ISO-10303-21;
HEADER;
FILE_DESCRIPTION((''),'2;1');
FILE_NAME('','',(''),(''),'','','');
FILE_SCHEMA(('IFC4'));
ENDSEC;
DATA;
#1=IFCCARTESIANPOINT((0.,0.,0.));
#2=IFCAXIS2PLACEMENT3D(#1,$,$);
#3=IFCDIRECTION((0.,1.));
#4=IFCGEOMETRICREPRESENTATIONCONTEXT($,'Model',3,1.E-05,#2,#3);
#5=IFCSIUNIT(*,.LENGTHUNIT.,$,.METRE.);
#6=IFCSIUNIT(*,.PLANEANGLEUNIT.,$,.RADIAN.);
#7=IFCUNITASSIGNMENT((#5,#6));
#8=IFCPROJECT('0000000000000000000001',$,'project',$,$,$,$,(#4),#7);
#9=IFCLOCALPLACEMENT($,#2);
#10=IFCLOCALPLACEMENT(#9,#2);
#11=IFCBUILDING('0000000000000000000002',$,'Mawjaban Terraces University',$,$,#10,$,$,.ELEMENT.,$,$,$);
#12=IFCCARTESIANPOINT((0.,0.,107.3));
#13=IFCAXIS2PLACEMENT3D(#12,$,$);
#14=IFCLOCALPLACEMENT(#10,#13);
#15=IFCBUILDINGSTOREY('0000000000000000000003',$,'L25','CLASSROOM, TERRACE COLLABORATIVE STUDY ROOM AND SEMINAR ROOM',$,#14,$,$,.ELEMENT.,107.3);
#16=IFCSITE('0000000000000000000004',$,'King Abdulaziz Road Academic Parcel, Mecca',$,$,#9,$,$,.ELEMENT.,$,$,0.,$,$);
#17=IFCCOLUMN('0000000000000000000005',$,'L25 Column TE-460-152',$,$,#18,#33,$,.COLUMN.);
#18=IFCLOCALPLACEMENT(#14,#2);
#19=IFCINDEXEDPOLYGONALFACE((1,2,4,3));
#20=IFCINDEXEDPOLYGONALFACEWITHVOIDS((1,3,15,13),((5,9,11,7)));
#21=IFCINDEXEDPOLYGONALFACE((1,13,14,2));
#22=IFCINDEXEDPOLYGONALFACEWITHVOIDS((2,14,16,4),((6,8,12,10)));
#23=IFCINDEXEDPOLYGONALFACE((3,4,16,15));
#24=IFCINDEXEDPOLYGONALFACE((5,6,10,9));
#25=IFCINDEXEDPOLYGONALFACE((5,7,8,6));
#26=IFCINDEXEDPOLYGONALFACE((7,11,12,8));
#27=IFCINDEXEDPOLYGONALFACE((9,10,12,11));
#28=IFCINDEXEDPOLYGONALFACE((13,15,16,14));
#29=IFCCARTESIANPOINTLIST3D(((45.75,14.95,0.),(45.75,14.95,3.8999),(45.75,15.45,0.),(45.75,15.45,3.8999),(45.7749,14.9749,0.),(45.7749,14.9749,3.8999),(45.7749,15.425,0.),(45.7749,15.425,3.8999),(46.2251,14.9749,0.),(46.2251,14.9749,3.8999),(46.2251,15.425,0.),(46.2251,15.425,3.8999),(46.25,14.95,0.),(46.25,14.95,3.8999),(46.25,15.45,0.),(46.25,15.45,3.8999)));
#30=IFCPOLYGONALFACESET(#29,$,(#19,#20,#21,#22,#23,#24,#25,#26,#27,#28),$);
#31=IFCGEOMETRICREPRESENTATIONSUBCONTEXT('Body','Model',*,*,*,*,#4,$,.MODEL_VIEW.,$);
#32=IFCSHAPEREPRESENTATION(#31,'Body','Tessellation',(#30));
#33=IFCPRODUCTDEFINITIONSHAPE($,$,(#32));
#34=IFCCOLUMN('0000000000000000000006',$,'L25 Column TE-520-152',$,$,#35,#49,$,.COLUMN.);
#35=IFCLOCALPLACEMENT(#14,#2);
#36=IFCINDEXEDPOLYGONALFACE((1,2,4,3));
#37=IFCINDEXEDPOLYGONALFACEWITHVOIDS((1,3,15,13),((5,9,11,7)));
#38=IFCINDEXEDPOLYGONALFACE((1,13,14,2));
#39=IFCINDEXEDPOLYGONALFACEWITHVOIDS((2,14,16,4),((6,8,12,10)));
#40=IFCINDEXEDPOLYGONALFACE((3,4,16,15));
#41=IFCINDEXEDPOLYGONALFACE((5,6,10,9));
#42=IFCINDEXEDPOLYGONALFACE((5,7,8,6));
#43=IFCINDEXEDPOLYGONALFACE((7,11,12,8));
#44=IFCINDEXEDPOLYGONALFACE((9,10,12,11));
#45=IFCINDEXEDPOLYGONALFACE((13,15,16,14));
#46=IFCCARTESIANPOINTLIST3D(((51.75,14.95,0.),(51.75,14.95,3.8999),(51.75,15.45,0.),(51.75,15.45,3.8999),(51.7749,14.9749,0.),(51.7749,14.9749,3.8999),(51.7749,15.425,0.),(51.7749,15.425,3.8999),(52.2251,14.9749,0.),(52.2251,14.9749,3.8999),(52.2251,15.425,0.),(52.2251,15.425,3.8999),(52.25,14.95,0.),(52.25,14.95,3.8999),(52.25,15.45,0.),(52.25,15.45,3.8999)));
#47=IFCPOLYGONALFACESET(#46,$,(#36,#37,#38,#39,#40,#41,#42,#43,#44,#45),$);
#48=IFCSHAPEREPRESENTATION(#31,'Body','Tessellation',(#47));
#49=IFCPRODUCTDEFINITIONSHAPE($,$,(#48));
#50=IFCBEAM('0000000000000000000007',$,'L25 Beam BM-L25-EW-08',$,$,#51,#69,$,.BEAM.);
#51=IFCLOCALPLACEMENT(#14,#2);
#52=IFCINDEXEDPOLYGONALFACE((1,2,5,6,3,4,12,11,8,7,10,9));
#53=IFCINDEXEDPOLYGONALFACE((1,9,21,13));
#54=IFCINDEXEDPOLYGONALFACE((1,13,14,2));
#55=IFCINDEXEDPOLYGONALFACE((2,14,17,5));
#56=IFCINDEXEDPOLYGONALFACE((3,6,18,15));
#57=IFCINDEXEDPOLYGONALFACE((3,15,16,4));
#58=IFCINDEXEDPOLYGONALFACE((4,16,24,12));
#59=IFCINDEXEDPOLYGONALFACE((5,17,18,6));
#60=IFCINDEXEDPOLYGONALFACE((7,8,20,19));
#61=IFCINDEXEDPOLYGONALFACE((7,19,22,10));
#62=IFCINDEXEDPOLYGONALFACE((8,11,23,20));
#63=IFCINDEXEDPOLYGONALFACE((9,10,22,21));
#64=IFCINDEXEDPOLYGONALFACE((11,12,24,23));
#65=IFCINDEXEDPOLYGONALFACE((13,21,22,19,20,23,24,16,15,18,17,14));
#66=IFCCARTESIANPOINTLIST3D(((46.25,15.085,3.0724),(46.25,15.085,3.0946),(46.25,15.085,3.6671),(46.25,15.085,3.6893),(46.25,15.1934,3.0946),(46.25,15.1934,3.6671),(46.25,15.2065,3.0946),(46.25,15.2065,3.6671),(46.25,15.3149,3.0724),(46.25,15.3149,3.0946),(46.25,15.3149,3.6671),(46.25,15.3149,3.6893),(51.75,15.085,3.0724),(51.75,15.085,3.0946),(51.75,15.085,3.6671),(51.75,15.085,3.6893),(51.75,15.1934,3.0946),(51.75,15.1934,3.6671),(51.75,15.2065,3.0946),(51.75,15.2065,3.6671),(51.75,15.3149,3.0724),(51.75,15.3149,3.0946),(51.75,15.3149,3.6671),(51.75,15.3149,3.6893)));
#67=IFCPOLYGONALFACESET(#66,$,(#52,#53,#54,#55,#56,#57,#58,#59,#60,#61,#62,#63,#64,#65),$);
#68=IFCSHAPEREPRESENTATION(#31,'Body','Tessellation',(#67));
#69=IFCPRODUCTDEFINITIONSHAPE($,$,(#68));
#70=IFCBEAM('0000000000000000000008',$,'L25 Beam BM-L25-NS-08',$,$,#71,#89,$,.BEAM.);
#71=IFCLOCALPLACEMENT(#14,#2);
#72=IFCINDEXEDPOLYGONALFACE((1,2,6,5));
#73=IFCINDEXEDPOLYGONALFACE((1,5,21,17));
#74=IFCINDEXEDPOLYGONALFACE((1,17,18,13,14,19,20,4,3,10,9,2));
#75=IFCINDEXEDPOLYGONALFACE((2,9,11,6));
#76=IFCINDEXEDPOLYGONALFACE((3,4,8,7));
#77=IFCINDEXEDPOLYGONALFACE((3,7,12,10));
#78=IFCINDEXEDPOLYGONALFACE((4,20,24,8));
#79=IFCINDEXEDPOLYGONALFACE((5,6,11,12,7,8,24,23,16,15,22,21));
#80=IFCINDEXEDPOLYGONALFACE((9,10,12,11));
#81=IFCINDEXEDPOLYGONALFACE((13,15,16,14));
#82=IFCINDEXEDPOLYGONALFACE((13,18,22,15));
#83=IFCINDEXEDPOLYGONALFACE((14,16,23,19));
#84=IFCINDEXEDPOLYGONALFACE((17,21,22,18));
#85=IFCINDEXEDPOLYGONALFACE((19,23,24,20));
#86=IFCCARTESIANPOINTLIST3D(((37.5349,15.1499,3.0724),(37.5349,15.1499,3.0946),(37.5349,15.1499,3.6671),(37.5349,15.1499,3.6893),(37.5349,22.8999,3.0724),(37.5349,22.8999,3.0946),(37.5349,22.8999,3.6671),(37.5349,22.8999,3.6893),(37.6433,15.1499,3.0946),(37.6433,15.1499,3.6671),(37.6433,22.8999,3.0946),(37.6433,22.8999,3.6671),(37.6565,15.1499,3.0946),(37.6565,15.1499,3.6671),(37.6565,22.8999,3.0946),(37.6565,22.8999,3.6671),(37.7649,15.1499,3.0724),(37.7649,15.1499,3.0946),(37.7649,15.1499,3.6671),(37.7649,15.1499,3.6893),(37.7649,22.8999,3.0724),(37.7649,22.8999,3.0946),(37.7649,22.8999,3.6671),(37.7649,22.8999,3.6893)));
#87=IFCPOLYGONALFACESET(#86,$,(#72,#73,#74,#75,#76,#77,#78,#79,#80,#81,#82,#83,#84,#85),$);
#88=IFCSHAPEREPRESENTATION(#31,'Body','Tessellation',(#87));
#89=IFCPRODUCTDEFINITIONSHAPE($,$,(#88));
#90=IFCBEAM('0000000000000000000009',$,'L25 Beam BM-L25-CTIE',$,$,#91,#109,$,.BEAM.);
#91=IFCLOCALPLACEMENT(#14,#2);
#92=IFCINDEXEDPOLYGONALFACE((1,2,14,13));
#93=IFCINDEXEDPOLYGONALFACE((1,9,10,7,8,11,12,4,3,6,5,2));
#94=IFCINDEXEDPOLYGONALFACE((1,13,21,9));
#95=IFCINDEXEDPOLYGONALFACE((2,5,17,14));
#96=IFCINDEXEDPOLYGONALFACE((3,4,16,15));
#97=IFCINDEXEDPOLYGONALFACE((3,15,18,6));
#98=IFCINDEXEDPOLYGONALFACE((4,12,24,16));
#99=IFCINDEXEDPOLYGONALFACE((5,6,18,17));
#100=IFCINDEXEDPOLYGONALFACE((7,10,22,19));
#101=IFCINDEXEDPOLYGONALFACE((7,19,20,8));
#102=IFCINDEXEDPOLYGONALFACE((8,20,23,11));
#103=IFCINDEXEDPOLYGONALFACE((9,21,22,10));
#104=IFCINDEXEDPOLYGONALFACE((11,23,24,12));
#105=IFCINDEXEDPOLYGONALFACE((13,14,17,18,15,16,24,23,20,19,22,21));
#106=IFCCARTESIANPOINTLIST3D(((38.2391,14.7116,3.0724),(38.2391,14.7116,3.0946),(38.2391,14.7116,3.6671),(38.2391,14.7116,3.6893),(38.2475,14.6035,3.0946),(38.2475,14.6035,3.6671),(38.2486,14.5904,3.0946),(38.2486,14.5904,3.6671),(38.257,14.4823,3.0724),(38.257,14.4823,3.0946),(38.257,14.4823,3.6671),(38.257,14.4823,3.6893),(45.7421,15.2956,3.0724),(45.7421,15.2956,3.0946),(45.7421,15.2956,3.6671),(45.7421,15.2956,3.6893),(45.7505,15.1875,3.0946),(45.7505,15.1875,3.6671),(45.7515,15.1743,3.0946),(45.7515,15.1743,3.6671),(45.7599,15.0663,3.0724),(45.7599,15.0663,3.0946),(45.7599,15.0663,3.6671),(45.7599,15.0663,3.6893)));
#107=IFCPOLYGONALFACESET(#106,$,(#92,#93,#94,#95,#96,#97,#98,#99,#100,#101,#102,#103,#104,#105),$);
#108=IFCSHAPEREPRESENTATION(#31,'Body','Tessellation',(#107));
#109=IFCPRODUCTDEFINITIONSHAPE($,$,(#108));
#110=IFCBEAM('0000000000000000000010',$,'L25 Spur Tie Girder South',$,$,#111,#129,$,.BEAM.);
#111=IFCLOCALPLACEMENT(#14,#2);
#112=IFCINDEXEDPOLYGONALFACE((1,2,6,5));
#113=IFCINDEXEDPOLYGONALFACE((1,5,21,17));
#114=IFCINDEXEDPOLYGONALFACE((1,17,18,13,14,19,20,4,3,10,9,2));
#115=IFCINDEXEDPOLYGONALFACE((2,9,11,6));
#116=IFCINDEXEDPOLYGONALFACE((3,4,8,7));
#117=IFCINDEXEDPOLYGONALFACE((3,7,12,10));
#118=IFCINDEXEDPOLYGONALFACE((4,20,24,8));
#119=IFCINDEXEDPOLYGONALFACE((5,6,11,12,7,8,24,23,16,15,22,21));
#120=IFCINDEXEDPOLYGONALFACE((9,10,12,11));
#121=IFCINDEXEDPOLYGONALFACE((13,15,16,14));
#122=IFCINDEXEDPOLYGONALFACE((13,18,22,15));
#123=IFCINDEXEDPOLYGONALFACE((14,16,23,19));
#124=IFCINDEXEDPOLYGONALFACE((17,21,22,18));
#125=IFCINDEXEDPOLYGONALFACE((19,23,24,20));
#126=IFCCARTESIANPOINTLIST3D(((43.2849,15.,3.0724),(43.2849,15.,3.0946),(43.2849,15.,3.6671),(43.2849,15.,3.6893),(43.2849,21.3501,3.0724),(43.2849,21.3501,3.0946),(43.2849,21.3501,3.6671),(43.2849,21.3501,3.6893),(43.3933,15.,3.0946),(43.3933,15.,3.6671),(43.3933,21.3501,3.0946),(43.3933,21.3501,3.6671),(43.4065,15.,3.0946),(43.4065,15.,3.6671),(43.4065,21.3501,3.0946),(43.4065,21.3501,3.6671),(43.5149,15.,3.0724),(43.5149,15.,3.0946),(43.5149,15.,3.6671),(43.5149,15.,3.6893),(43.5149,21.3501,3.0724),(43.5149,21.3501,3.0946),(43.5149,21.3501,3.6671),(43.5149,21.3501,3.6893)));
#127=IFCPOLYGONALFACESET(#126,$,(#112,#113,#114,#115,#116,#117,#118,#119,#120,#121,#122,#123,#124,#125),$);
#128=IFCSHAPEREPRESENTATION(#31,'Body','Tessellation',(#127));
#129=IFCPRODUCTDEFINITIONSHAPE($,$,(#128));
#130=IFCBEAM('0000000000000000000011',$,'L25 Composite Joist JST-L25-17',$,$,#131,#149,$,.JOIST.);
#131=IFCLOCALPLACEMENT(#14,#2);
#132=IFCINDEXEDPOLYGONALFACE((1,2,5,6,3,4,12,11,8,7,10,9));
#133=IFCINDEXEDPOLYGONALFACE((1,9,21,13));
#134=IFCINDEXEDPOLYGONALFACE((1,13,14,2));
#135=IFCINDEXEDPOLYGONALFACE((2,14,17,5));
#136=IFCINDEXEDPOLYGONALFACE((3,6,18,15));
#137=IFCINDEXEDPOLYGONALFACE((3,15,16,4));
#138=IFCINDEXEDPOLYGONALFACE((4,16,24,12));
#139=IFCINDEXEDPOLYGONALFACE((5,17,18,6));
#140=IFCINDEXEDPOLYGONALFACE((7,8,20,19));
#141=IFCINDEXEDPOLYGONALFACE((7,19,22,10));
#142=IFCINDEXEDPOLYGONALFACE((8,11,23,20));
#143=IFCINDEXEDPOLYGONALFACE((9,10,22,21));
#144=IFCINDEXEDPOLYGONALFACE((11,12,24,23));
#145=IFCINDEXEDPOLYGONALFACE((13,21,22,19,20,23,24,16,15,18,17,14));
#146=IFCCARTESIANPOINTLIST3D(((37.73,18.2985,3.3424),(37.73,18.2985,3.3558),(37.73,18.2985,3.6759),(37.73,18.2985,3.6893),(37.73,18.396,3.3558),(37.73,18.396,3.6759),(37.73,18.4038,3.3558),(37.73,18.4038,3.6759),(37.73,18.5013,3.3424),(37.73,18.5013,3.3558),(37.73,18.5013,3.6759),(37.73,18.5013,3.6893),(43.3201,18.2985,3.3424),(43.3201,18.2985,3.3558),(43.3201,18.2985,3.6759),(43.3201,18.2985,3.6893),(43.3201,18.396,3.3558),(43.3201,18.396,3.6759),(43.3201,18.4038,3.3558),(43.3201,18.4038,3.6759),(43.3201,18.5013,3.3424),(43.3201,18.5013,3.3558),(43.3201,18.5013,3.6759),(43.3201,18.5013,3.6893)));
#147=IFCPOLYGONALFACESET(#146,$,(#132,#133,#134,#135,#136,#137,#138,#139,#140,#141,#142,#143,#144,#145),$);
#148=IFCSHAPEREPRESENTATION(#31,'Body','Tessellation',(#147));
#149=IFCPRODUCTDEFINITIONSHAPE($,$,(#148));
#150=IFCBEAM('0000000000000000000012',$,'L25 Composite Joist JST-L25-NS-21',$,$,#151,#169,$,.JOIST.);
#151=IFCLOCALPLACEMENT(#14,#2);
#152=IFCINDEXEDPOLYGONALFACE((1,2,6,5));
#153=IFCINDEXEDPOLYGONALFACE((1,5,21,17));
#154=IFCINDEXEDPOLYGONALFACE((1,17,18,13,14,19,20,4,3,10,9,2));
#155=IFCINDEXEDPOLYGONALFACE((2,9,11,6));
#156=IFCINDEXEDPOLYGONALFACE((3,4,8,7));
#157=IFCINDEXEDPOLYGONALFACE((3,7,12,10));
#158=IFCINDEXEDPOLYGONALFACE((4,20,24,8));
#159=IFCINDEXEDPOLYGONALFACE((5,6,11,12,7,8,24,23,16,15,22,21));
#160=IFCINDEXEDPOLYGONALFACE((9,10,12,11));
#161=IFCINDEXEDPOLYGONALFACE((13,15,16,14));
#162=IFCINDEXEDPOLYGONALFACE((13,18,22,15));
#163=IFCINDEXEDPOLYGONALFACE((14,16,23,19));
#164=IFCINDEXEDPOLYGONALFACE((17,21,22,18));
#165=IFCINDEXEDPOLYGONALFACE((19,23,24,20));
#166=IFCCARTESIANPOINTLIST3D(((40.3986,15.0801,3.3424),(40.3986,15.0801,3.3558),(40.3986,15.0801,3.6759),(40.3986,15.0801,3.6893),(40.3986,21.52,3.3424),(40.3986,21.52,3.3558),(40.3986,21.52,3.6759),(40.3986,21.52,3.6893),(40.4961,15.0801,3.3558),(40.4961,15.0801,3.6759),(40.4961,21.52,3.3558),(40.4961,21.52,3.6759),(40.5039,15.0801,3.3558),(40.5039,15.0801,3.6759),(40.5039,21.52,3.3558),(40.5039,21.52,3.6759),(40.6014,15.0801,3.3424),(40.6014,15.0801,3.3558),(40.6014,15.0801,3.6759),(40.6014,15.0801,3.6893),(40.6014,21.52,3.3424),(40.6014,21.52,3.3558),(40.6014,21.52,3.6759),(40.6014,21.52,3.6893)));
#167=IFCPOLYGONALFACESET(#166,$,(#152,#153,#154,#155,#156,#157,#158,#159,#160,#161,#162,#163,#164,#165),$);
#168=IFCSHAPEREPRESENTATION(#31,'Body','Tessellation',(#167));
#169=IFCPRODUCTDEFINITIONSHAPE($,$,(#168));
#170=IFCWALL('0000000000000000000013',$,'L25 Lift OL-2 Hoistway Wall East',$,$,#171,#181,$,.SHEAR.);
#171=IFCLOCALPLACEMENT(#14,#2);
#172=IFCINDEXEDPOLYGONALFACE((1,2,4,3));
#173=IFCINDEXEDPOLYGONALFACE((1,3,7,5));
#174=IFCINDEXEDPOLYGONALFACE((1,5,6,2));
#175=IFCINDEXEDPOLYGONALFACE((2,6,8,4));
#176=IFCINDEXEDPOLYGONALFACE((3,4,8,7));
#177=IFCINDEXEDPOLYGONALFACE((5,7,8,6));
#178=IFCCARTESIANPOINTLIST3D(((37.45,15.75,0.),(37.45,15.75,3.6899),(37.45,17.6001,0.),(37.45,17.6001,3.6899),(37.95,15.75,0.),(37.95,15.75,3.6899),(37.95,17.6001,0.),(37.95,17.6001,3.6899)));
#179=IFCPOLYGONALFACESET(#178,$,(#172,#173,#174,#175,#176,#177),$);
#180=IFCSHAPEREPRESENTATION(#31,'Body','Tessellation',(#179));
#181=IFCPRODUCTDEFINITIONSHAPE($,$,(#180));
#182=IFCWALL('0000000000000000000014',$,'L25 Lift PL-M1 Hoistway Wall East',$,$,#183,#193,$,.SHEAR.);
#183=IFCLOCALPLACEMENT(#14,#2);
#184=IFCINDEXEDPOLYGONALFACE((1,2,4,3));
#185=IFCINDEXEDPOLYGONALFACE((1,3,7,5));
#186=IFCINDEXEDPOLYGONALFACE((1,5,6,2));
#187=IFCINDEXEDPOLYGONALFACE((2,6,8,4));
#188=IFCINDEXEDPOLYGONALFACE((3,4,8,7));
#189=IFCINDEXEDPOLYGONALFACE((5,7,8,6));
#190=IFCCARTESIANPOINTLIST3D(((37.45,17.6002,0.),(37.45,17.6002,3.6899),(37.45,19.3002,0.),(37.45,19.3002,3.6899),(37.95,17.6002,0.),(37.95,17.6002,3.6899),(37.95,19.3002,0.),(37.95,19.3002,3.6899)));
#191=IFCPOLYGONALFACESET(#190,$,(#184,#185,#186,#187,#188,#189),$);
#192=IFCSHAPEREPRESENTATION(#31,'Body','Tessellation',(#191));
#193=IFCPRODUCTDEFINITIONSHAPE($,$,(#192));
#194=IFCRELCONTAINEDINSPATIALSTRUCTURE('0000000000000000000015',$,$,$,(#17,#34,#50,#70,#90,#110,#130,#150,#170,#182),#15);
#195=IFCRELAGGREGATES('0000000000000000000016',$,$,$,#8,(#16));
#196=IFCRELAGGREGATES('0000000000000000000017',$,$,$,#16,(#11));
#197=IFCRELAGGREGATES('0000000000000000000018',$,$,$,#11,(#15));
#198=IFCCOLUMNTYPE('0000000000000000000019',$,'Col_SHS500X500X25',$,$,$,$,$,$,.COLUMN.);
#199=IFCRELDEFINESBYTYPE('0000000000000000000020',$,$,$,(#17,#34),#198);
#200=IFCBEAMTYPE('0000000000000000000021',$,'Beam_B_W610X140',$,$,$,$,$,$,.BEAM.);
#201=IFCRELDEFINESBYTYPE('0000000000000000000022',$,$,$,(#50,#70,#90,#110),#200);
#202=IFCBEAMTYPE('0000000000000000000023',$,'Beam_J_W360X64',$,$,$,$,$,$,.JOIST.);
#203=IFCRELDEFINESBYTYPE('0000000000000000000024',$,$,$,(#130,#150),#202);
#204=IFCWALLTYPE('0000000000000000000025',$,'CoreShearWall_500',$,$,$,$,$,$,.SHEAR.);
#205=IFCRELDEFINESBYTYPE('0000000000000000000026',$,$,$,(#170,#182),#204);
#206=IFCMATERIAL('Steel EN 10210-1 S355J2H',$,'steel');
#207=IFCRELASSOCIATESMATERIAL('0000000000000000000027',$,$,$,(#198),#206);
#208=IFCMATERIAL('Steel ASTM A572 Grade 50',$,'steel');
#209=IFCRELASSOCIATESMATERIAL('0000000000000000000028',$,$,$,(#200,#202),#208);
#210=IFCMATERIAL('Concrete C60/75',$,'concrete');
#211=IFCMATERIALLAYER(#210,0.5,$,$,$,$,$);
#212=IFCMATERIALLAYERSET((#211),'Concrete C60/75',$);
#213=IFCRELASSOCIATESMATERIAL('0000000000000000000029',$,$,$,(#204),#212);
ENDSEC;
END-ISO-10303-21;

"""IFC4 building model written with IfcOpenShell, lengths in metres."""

from ifc_helpers import new_model, si_unit, direction, frame, frame_2d, origin, origin_2d, place, context, subcontext, project, spatial, rectangle, hollow_rectangle, i_section, extrude, material, layer, layer_set, material_profile, profile_set, type_object, element, save


model = new_model("IFC4")

# Units and contexts
model_context = context("Model", 3, precision=1e-05, world=origin(), true_north=direction((0.0, 1.0)))
body_context = subcontext(model_context, "Body", "Model", "MODEL_VIEW")
ifc_project = project(units=[si_unit("LENGTHUNIT", "METRE"), si_unit("PLANEANGLEUNIT", "RADIAN")], contexts=[model_context])

# Site, building, storey
site_placement = place(None, origin())
site = spatial("IfcSite", under=ifc_project, at=site_placement, Name="King Abdulaziz Road Academic Parcel, Mecca", CompositionType="ELEMENT", RefElevation=0.0)
building_placement = place(site_placement, origin())
building = spatial("IfcBuilding", under=site, at=building_placement, Name="Mawjaban Terraces University", CompositionType="ELEMENT")
storey_placement = place(building_placement, frame((0.0, 0.0, 107.3)))
storey = spatial("IfcBuildingStorey", under=building, at=storey_placement, Name="L25", Description="CLASSROOM, TERRACE COLLABORATIVE STUDY ROOM AND SEMINAR ROOM", CompositionType="ELEMENT", Elevation=107.3)

# Columns
ifc_material_1 = material(Name="Steel EN 10210-1 S355J2H", Category="steel")
ifc_material_profile_1 = material_profile(ifc_material_1, hollow_rectangle(XDim=0.5, YDim=0.5, WallThickness=0.0249, at=origin_2d()), Name="SHS500X500X25")
ifc_profile_set_1 = profile_set([ifc_material_profile_1], Name="Steel EN 10210-1 S355J2H")
column_type = type_object("IfcColumnType", Name="Col_SHS500X500X25", PredefinedType="COLUMN", material=ifc_profile_set_1)
for number, where, z_axis, x_axis, name in (
    (1, (46.0, 15.2, 0.0), (0.0, 0.0, 1.0), (1.0, 0.0, 0.0), "L25 Column TE-460-152"),
    (2, (52.0, 15.2, 0.0), (0.0, 0.0, 1.0), (1.0, 0.0, 0.0), "L25 Column TE-520-152"),
):
    element("IfcColumn", number, at=place(storey_placement, frame(where, z_axis=z_axis, x_axis=x_axis)), inside=storey, type_object=column_type, Name=name, PredefinedType="COLUMN", context=body_context, shape_type="SweptSolid", body=[
        extrude(hollow_rectangle(XDim=0.5, YDim=0.5, WallThickness=0.0249, at=origin_2d()), origin(), (0.0, 0.0, 1.0), 3.8999),
    ])

# Beams
ifc_material_2 = material(Name="Steel ASTM A572 Grade 50", Category="steel")
ifc_material_profile_2 = material_profile(ifc_material_2, i_section(OverallWidth=0.23, OverallDepth=0.6169, WebThickness=0.0132, FlangeThickness=0.0222, at=origin_2d()), Name="W610X140")
ifc_profile_set_2 = profile_set([ifc_material_profile_2], Name="Steel ASTM A572 Grade 50")
beam_type_1 = type_object("IfcBeamType", Name="Beam_B_W610X140", PredefinedType="BEAM", material=ifc_profile_set_2)
beam_1_placement = place(storey_placement, frame((46.25, 15.2, 3.3809), z_axis=(1.0, 0.0, 0.0), x_axis=(0.0, 1.0, 0.0)))
element("IfcBeam", 3, at=beam_1_placement, inside=storey, type_object=beam_type_1, Name="L25 Beam BM-L25-EW-08", PredefinedType="BEAM", context=body_context, shape_type="SweptSolid", body=[
    extrude(i_section(OverallWidth=0.23, OverallDepth=0.6169, WebThickness=0.0132, FlangeThickness=0.0222, at=origin_2d()), origin(), (0.0, 0.0, 1.0), 5.5),
])
beam_2_placement = place(storey_placement, frame((37.6499, 15.1499, 3.3809), z_axis=(0.0, 1.0, 0.0), x_axis=(-1.0, 0.0, 0.0)))
element("IfcBeam", 4, at=beam_2_placement, inside=storey, type_object=beam_type_1, Name="L25 Beam BM-L25-NS-08", PredefinedType="BEAM", context=body_context, shape_type="SweptSolid", body=[
    extrude(i_section(OverallWidth=0.23, OverallDepth=0.6169, WebThickness=0.0132, FlangeThickness=0.0222, at=origin_2d()), origin(), (0.0, 0.0, 1.0), 7.75),
])
beam_3_placement = place(storey_placement, frame((38.248, 14.5969, 3.3809), z_axis=(0.996985, 0.077599, 0.0), x_axis=(-0.077599, 0.996985, 0.0)))
element("IfcBeam", 5, at=beam_3_placement, inside=storey, type_object=beam_type_1, Name="L25 Beam BM-L25-CTIE", PredefinedType="BEAM", context=body_context, shape_type="SweptSolid", body=[
    extrude(i_section(OverallWidth=0.23, OverallDepth=0.6169, WebThickness=0.0132, FlangeThickness=0.0222, at=origin_2d()), origin(), (0.0, 0.0, 1.0), 7.5256),
])
beam_4_placement = place(storey_placement, frame((43.3999, 15.0, 3.3809), z_axis=(0.0, 1.0, 0.0), x_axis=(-1.0, 0.0, 0.0)))
element("IfcBeam", 6, at=beam_4_placement, inside=storey, type_object=beam_type_1, Name="L25 Spur Tie Girder South", PredefinedType="BEAM", context=body_context, shape_type="SweptSolid", body=[
    extrude(i_section(OverallWidth=0.23, OverallDepth=0.6169, WebThickness=0.0132, FlangeThickness=0.0222, at=origin_2d()), origin(), (0.0, 0.0, 1.0), 6.3501),
])
ifc_material_profile_3 = material_profile(ifc_material_2, i_section(OverallWidth=0.2029, OverallDepth=0.3469, WebThickness=0.0078, FlangeThickness=0.0134, at=origin_2d()), Name="W360X64")
ifc_profile_set_3 = profile_set([ifc_material_profile_3], Name="Steel ASTM A572 Grade 50")
beam_type_2 = type_object("IfcBeamType", Name="Beam_J_W360X64", PredefinedType="JOIST", material=ifc_profile_set_3)
beam_5_placement = place(storey_placement, frame((37.73, 18.3999, 3.5159), z_axis=(1.0, 0.0, 0.0), x_axis=(0.0, 1.0, 0.0)))
element("IfcBeam", 7, at=beam_5_placement, inside=storey, type_object=beam_type_2, Name="L25 Composite Joist JST-L25-17", PredefinedType="JOIST", context=body_context, shape_type="SweptSolid", body=[
    extrude(i_section(OverallWidth=0.2029, OverallDepth=0.3469, WebThickness=0.0078, FlangeThickness=0.0134, at=origin_2d()), origin(), (0.0, 0.0, 1.0), 5.5901),
])
beam_6_placement = place(storey_placement, frame((40.5, 15.0801, 3.5159), z_axis=(0.0, 1.0, 0.0), x_axis=(-1.0, 0.0, 0.0)))
element("IfcBeam", 8, at=beam_6_placement, inside=storey, type_object=beam_type_2, Name="L25 Composite Joist JST-L25-NS-21", PredefinedType="JOIST", context=body_context, shape_type="SweptSolid", body=[
    extrude(i_section(OverallWidth=0.2029, OverallDepth=0.3469, WebThickness=0.0078, FlangeThickness=0.0134, at=origin_2d()), origin(), (0.0, 0.0, 1.0), 6.4399),
])

# Walls
ifc_material_3 = material(Name="Concrete C60/75", Category="concrete")
ifc_layer_1 = layer(ifc_material_3, 0.5)
ifc_layer_set_1 = layer_set([ifc_layer_1], Name="Concrete C60/75")
wall_type_1 = type_object("IfcWallType", Name="CoreShearWall_500", PredefinedType="SHEAR", material=ifc_layer_set_1)
wall_1_placement = place(storey_placement, frame((37.7, 15.75, 0.0), z_axis=(0.0, 0.0, 1.0), x_axis=(0.0, 1.0, 0.0)))
element("IfcWall", 9, at=wall_1_placement, inside=storey, type_object=wall_type_1, Name="L25 Lift OL-2 Hoistway Wall East", PredefinedType="SHEAR", context=body_context, shape_type="SweptSolid", body=[
    extrude(rectangle(XDim=1.8501, YDim=0.5, at=frame_2d((0.925, 0.0))), origin(), (0.0, 0.0, 1.0), 3.6899),
])
wall_2_placement = place(storey_placement, frame((37.7, 17.6001, 0.0), z_axis=(0.0, 0.0, 1.0), x_axis=(0.0, 1.0, 0.0)))
element("IfcWall", 10, at=wall_2_placement, inside=storey, type_object=wall_type_1, Name="L25 Lift PL-M1 Hoistway Wall East", PredefinedType="SHEAR", context=body_context, shape_type="SweptSolid", body=[
    extrude(rectangle(XDim=1.7, YDim=0.5, at=frame_2d((0.8501, 0.0))), origin(), (0.0, 0.0, 1.0), 3.6899),
])

save(model, "model.ifc")
